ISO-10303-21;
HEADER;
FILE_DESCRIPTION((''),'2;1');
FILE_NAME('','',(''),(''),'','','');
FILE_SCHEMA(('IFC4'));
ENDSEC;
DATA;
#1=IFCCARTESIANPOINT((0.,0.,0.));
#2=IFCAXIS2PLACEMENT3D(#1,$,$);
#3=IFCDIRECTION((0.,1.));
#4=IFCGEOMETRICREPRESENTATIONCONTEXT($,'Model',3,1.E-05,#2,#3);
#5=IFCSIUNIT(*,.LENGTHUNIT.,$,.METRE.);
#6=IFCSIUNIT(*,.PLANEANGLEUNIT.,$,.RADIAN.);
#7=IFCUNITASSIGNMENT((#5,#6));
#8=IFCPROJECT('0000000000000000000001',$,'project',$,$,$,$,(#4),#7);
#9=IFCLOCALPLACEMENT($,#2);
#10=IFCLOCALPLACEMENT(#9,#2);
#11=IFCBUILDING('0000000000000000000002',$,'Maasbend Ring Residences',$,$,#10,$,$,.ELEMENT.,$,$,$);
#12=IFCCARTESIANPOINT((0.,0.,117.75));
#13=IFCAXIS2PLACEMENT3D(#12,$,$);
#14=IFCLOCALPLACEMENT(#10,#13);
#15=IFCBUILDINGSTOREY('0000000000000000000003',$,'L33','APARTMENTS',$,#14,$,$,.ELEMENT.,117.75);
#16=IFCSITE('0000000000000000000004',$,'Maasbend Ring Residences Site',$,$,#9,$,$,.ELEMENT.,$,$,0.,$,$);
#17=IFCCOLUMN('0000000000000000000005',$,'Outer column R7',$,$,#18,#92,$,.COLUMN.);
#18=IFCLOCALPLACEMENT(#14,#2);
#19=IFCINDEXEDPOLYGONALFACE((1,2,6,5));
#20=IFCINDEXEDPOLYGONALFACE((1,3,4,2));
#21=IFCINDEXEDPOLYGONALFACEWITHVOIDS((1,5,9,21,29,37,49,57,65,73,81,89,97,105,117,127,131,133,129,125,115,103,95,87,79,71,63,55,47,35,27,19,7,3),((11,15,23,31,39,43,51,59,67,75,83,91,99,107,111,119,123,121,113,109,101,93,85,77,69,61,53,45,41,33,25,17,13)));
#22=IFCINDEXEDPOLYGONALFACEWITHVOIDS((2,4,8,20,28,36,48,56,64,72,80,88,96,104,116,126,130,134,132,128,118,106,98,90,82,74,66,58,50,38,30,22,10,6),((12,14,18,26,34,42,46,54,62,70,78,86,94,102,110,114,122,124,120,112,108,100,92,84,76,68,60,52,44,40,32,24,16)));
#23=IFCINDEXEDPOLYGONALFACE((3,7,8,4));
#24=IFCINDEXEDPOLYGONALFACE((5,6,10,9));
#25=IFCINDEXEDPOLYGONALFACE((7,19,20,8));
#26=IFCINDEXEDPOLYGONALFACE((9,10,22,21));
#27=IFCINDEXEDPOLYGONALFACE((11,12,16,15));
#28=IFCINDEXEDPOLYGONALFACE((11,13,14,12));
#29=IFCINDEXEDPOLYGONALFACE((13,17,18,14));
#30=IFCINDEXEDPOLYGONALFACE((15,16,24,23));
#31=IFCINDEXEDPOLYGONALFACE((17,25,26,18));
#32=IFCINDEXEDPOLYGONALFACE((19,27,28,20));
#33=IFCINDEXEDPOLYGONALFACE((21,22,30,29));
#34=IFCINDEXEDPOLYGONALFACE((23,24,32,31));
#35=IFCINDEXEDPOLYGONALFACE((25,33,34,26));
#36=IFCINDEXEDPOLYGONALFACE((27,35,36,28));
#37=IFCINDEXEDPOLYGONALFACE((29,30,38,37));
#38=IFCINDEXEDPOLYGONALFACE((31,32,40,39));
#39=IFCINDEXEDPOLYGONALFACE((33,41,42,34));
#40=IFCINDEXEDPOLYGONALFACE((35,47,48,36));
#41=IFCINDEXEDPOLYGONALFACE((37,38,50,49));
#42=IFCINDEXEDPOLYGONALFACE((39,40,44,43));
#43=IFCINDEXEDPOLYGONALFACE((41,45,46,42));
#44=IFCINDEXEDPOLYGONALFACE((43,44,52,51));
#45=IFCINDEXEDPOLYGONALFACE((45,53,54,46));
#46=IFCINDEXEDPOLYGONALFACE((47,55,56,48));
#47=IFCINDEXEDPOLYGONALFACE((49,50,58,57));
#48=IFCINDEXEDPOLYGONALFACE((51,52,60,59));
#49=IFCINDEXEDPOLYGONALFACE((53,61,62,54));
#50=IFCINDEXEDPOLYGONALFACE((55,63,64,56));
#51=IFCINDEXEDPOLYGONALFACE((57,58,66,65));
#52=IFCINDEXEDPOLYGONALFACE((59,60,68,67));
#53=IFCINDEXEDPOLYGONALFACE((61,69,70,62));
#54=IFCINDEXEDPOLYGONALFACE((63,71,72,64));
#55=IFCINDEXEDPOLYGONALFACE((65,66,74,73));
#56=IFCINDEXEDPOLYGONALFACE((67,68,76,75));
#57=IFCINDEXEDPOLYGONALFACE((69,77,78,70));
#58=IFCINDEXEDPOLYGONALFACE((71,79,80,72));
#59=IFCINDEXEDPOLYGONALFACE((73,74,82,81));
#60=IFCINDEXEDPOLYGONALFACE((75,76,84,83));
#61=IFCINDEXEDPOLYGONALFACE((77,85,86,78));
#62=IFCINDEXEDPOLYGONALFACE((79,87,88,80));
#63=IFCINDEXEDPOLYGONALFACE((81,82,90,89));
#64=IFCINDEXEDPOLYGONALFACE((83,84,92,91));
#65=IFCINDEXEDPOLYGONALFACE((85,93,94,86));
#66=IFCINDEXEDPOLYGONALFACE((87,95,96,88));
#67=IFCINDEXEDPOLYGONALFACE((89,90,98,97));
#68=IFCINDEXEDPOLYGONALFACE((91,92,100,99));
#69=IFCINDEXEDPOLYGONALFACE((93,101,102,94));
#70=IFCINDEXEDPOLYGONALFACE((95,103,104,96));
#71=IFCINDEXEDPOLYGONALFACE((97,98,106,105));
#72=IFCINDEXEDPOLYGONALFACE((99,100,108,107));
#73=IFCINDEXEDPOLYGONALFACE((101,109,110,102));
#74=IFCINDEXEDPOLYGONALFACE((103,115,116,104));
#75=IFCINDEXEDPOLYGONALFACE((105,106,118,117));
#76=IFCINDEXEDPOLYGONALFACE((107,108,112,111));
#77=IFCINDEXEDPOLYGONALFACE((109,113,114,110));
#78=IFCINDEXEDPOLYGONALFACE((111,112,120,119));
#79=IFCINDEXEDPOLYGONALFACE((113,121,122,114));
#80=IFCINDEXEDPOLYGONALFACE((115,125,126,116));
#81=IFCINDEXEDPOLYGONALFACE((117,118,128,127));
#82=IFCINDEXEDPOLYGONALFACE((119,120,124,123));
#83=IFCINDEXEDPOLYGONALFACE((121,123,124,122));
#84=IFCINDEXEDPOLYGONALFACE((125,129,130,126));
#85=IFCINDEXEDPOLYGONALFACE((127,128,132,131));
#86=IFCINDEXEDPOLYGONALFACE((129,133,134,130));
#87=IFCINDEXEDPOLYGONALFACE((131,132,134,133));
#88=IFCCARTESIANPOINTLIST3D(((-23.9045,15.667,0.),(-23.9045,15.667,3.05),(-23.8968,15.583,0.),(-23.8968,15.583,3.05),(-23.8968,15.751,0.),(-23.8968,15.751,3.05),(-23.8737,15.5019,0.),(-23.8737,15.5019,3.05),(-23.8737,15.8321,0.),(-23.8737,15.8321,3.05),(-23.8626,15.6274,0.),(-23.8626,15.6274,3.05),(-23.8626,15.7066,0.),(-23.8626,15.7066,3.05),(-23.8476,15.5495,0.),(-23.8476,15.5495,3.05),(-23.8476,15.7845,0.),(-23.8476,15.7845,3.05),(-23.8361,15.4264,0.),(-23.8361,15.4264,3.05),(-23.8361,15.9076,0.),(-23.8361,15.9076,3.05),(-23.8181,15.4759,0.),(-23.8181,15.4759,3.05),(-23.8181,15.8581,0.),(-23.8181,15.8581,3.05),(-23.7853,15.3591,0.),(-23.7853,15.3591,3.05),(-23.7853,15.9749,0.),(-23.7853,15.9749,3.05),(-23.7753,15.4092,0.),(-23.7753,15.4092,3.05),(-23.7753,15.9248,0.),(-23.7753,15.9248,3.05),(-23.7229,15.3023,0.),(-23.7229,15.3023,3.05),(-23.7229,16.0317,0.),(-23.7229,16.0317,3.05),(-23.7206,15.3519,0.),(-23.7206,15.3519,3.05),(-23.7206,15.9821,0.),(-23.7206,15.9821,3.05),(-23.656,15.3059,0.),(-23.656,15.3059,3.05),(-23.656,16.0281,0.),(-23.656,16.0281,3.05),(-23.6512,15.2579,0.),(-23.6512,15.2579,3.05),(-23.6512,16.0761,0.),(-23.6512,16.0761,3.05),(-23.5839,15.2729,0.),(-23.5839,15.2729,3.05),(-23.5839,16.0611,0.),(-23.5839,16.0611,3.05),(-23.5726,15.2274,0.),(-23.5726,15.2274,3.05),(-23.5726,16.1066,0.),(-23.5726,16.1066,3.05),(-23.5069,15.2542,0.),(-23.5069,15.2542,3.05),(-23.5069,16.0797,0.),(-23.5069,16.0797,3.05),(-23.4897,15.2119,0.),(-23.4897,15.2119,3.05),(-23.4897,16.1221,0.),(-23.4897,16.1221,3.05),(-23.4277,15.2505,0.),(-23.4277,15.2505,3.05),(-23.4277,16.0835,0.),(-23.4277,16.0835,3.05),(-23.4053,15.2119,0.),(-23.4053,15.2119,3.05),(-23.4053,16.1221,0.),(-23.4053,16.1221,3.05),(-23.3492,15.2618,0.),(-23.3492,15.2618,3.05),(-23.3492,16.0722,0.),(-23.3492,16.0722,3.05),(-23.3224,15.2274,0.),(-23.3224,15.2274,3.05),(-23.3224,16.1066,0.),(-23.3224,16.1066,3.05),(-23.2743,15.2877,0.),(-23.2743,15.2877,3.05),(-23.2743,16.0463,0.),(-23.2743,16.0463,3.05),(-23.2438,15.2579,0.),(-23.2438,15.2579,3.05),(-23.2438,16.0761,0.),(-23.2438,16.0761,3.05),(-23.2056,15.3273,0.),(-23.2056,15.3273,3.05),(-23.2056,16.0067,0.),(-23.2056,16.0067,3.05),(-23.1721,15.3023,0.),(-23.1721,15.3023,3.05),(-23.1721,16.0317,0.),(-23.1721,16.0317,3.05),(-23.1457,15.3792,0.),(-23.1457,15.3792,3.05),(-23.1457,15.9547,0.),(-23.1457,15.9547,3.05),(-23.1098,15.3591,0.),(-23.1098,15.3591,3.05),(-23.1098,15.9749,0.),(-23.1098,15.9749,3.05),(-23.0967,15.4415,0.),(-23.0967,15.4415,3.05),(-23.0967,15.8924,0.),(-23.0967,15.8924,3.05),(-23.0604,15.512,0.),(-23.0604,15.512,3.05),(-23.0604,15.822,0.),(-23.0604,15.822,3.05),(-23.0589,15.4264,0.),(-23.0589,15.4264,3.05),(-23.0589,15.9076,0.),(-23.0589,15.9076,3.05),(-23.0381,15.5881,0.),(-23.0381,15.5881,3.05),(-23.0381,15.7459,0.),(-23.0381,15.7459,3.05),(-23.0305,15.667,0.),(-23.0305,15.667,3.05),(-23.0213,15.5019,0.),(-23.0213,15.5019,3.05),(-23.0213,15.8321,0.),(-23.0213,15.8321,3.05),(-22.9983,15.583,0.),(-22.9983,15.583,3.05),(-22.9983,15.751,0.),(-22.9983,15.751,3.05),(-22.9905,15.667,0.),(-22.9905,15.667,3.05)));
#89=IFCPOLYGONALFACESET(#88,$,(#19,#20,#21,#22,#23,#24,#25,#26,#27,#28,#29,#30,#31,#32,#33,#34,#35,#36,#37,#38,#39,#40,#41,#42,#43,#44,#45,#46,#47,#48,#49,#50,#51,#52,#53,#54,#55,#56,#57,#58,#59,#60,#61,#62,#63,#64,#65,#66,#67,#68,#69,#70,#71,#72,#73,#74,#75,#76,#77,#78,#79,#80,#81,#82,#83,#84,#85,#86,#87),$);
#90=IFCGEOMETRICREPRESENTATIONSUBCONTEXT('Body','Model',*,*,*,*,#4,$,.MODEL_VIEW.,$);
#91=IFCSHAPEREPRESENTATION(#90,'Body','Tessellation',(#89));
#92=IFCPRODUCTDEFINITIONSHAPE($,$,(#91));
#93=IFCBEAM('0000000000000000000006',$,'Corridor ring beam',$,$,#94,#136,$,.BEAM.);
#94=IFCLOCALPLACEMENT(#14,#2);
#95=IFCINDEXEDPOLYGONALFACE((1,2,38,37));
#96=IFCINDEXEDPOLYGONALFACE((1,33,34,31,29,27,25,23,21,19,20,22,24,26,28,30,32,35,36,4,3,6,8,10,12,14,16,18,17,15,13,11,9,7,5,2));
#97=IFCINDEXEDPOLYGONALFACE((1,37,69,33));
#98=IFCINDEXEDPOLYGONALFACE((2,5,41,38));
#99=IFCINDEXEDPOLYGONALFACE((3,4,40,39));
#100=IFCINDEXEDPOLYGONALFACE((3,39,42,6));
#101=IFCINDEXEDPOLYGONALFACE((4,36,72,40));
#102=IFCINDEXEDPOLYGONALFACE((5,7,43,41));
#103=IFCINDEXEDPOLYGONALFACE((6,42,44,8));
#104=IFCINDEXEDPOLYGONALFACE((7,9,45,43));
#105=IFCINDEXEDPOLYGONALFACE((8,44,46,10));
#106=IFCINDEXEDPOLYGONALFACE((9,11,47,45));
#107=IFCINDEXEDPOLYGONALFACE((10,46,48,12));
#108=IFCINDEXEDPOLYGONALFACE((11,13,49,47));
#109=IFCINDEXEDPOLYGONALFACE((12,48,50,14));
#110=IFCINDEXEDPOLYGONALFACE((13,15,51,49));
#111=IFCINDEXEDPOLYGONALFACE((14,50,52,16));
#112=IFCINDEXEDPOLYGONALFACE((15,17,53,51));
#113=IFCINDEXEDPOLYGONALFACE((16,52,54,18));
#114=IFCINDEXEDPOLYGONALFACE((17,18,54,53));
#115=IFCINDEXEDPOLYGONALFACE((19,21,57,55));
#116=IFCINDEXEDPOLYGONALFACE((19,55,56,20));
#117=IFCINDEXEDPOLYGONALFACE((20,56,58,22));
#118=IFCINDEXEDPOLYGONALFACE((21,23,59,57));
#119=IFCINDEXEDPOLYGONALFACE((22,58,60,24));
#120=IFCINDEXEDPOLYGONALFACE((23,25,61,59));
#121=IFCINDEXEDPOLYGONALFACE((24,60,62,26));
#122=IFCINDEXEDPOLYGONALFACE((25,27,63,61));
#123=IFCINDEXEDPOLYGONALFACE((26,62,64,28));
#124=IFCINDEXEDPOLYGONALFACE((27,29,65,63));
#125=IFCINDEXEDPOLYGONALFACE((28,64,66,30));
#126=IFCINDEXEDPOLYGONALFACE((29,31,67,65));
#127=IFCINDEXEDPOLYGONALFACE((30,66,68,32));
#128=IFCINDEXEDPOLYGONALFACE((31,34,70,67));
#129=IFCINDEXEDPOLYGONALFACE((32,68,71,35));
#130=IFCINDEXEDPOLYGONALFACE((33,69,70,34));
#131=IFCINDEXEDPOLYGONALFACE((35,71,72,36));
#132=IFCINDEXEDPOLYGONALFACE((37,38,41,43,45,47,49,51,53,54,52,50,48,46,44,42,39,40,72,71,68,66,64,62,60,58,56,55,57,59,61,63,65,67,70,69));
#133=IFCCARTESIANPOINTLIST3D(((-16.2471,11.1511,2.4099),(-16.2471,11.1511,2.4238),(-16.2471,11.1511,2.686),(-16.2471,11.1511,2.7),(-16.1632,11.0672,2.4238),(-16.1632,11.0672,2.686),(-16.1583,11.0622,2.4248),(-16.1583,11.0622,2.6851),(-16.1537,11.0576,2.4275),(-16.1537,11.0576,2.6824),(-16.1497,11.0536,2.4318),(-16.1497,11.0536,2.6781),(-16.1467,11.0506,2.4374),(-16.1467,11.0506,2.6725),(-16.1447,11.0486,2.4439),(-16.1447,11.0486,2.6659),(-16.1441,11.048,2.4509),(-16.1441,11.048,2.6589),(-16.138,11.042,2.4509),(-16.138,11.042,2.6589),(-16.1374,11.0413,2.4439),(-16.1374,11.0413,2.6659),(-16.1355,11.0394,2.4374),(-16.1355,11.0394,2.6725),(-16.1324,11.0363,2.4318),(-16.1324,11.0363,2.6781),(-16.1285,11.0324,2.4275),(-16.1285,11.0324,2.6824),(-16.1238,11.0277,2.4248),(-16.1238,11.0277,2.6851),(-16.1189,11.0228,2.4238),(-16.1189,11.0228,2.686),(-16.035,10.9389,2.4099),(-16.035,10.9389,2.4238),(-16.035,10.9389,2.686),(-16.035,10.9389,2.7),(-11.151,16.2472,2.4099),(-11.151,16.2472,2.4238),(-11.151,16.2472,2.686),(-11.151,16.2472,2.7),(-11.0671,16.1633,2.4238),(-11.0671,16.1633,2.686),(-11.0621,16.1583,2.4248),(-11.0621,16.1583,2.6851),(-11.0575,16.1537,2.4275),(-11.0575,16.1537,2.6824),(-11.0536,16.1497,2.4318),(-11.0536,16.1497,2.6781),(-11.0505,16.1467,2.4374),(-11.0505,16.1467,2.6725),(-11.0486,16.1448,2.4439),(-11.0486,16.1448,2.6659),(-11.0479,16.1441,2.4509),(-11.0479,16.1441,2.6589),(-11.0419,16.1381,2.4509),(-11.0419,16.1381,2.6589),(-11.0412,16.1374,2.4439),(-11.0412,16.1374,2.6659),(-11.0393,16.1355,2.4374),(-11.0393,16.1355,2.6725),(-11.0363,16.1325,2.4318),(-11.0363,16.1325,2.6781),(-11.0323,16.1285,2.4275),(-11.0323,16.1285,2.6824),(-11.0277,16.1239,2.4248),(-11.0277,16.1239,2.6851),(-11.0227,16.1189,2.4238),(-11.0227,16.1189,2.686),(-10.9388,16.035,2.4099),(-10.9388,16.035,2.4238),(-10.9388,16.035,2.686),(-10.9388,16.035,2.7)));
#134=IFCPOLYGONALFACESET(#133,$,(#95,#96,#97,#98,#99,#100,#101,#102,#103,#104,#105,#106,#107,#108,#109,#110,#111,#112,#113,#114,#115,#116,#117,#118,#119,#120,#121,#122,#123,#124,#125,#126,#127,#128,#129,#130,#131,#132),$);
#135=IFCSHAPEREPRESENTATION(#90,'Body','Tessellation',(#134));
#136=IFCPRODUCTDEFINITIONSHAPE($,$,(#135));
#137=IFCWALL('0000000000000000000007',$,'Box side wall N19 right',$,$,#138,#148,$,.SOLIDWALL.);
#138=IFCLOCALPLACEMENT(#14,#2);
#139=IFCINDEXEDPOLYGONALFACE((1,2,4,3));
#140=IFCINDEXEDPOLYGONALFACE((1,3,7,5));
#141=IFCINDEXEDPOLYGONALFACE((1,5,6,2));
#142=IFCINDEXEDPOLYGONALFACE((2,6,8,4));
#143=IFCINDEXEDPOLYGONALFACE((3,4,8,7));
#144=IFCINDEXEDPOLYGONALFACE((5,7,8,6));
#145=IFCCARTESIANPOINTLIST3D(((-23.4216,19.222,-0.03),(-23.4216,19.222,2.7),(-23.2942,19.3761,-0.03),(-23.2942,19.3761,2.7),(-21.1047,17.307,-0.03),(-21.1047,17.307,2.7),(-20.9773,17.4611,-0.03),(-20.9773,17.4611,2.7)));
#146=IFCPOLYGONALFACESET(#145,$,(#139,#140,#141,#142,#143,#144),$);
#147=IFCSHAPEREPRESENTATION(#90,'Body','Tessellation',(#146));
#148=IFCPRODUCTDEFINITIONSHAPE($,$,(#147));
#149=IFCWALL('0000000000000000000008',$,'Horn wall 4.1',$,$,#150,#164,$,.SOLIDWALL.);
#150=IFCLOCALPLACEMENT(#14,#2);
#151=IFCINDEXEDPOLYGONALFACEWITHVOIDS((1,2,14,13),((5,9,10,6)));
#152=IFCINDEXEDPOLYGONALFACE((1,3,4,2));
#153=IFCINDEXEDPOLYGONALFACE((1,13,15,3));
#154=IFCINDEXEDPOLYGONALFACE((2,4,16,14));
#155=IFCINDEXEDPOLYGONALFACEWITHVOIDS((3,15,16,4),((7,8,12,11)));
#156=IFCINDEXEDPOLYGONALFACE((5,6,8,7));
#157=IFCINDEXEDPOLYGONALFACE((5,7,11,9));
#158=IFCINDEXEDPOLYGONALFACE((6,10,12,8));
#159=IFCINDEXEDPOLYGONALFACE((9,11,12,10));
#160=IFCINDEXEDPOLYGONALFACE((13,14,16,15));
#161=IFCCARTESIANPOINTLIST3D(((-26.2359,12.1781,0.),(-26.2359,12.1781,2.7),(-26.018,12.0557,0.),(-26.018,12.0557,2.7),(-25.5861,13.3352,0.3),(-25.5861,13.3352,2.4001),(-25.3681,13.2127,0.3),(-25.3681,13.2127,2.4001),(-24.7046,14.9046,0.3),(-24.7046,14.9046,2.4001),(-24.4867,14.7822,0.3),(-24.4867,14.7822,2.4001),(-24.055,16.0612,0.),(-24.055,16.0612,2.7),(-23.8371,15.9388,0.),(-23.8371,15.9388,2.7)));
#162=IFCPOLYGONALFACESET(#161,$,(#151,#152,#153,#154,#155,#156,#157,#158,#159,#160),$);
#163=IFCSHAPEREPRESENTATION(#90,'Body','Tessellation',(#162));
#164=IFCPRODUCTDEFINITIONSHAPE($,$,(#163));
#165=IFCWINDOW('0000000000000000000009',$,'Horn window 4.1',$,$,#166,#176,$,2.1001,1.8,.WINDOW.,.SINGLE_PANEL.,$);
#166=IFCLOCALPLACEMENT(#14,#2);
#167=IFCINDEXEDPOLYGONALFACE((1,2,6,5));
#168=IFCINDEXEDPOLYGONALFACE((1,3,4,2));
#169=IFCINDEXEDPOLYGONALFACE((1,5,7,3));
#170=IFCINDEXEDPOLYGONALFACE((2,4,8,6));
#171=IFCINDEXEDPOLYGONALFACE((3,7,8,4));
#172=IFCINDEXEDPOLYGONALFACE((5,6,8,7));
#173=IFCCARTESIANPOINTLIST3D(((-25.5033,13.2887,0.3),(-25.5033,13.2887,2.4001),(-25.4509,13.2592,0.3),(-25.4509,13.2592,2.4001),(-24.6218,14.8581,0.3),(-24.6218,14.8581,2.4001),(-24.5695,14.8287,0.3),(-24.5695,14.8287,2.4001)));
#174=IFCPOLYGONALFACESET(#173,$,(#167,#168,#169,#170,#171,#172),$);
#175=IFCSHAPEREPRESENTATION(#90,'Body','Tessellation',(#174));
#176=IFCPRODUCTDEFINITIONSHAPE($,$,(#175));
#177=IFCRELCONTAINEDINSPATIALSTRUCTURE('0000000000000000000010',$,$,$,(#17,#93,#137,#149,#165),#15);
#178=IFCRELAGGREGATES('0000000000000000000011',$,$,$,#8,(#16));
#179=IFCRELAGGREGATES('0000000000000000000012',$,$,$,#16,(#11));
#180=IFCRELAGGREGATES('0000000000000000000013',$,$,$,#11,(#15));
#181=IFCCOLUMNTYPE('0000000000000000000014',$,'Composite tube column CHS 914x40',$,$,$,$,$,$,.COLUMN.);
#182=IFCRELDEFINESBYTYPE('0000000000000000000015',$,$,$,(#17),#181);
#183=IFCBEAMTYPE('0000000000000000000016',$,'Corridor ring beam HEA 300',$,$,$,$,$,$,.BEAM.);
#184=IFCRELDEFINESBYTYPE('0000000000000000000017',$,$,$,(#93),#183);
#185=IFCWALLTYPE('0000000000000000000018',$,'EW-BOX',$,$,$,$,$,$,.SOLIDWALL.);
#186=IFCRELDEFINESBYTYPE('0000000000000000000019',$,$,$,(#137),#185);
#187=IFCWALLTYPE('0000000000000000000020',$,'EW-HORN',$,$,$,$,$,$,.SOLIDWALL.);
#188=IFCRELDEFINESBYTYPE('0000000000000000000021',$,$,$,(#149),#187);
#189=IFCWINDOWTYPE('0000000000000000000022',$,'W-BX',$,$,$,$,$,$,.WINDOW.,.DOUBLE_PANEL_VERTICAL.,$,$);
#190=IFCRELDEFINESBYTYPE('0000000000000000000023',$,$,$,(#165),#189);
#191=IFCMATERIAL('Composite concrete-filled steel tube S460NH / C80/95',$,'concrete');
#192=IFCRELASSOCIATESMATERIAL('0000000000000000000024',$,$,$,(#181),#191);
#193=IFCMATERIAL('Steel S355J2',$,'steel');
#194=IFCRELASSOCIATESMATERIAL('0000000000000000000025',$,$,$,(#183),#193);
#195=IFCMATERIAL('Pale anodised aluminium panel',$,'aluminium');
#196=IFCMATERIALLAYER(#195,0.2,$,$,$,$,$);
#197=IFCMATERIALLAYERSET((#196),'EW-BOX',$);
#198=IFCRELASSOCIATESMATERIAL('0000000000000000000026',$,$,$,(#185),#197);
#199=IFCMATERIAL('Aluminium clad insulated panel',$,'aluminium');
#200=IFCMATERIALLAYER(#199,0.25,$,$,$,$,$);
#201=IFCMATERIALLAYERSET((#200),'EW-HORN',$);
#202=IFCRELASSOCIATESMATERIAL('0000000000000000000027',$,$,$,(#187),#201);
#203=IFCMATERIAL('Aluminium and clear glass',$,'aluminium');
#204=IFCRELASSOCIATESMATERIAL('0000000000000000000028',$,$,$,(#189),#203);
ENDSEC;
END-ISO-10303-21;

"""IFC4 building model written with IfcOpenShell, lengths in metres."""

from ifc_helpers import new_model, si_unit, direction, frame, frame_2d, origin, origin_2d, place, context, subcontext, project, spatial, rectangle, hollow_circle, i_section, extrude, material, layer, layer_set, material_profile, profile_set, type_object, element, fill, save


model = new_model("IFC4")

# Units and contexts
model_context = context("Model", 3, precision=1e-05, world=origin(), true_north=direction((0.0, 1.0)))
body_context = subcontext(model_context, "Body", "Model", "MODEL_VIEW")
ifc_project = project(units=[si_unit("LENGTHUNIT", "METRE"), si_unit("PLANEANGLEUNIT", "RADIAN")], contexts=[model_context])

# Site, building, storey
site_placement = place(None, origin())
site = spatial("IfcSite", under=ifc_project, at=site_placement, Name="Maasbend Ring Residences Site", CompositionType="ELEMENT", RefElevation=0.0)
building_placement = place(site_placement, origin())
building = spatial("IfcBuilding", under=site, at=building_placement, Name="Maasbend Ring Residences", CompositionType="ELEMENT")
storey_placement = place(building_placement, frame((0.0, 0.0, 117.75)))
storey = spatial("IfcBuildingStorey", under=building, at=storey_placement, Name="L33", Description="APARTMENTS", CompositionType="ELEMENT", Elevation=117.75)

# Column
ifc_material_1 = material(Name="Composite concrete-filled steel tube S460NH / C80/95", Category="concrete")
ifc_material_profile_1 = material_profile(ifc_material_1, hollow_circle(Radius=0.457, WallThickness=0.04, at=origin_2d()), Name="Composite tube column CHS 914x40")
ifc_profile_set_1 = profile_set([ifc_material_profile_1], Name="Composite concrete-filled steel tube S460NH / C80/95")
column_type = type_object("IfcColumnType", Name="Composite tube column CHS 914x40", PredefinedType="COLUMN", material=ifc_profile_set_1)
column_placement = place(storey_placement, frame((-23.4475, 15.667, 0.0), z_axis=(0.0, 0.0, 1.0), x_axis=(1.0, 0.0, 0.0)))
element("IfcColumn", 1, at=column_placement, inside=storey, type_object=column_type, Name="Outer column R7", PredefinedType="COLUMN", context=body_context, shape_type="SweptSolid", body=[
    extrude(hollow_circle(Radius=0.457, WallThickness=0.04, at=origin_2d()), origin(), (0.0, 0.0, 1.0), 3.05),
])

# Beam
ifc_material_2 = material(Name="Steel S355J2", Category="steel")
ifc_material_profile_2 = material_profile(ifc_material_2, i_section(OverallWidth=0.3, OverallDepth=0.29, WebThickness=0.0085, FlangeThickness=0.0139, FilletRadius=0.0271, at=origin_2d()), Name="HEA 300")
ifc_profile_set_2 = profile_set([ifc_material_profile_2], Name="Steel S355J2")
beam_type = type_object("IfcBeamType", Name="Corridor ring beam HEA 300", PredefinedType="BEAM", material=ifc_profile_set_2)
beam_placement = place(storey_placement, frame((-11.0449, 16.1411, 2.5549), z_axis=(-0.707107, -0.707107, 0.0), x_axis=(0.707107, -0.707107, 0.0)))
element("IfcBeam", 2, at=beam_placement, inside=storey, type_object=beam_type, Name="Corridor ring beam", PredefinedType="BEAM", context=body_context, shape_type="SweptSolid", body=[
    extrude(i_section(OverallWidth=0.3, OverallDepth=0.29, WebThickness=0.0085, FlangeThickness=0.0139, FilletRadius=0.0271, at=origin_2d()), origin(), (0.0, 0.0, 1.0), 7.207),
])

# Wall
ifc_material_3 = material(Name="Pale anodised aluminium panel", Category="aluminium")
ifc_layer_1 = layer(ifc_material_3, 0.2)
ifc_layer_set_1 = layer_set([ifc_layer_1], Name="EW-BOX")
wall_type_1 = type_object("IfcWallType", Name="EW-BOX", PredefinedType="SOLIDWALL", material=ifc_layer_set_1)
wall_1_placement = place(storey_placement, frame((-21.041, 17.384, -0.03), z_axis=(0.0, 0.0, 1.0), x_axis=(-0.770785, 0.637096, 0.0)))
element("IfcWall", 3, at=wall_1_placement, inside=storey, type_object=wall_type_1, Name="Box side wall N19 right", PredefinedType="SOLIDWALL", context=body_context, shape_type="SweptSolid", body=[
    extrude(rectangle(XDim=3.0059, YDim=0.2, at=frame_2d((1.5029, 0.0))), origin(), (0.0, 0.0, 1.0), 2.73),
])

# Wall, opening, window
ifc_material_4 = material(Name="Aluminium clad insulated panel", Category="aluminium")
ifc_layer_2 = layer(ifc_material_4, 0.25)
ifc_layer_set_2 = layer_set([ifc_layer_2], Name="EW-HORN")
wall_type_2 = type_object("IfcWallType", Name="EW-HORN", PredefinedType="SOLIDWALL", material=ifc_layer_set_2)
wall_2_placement = place(storey_placement, frame((-23.946, 16.0, 0.0), z_axis=(0.0, 0.0, 1.0), x_axis=(-0.489696, -0.871893, 0.0)))
wall_2 = element("IfcWall", 4, at=wall_2_placement, inside=storey, type_object=wall_type_2, Name="Horn wall 4.1", PredefinedType="SOLIDWALL", context=body_context, shape_type="SweptSolid", body=[
    extrude(rectangle(XDim=4.4536, YDim=0.25, at=frame_2d((2.2268, 0.0))), origin(), (0.0, 0.0, 1.0), 2.7),
])
opening_1_placement = place(wall_2_placement, frame((1.3267, 0.0, 0.3)))
opening_1 = element("IfcOpeningElement", 5, at=opening_1_placement, cuts=wall_2, PredefinedType="OPENING", context=body_context, shape_type="SweptSolid", body=[
    extrude(rectangle(XDim=1.8, YDim=2.1001, at=frame_2d((0.8999, 1.05))), frame((0.0, 0.135, 0.0), z_axis=(0.0, -1.0, 0.0), x_axis=(1.0, 0.0, 0.0)), (0.0, 0.0, 1.0), 0.27),
])
ifc_material_5 = material(Name="Aluminium and clear glass", Category="aluminium")
window_type = type_object("IfcWindowType", Name="W-BX", PartitioningType="DOUBLE_PANEL_VERTICAL", PredefinedType="WINDOW", material=ifc_material_5)
window_1_placement = place(opening_1_placement, origin())
window_1 = element("IfcWindow", 6, at=window_1_placement, inside=storey, type_object=window_type, Name="Horn window 4.1", OverallHeight=2.1001, OverallWidth=1.8, PartitioningType="SINGLE_PANEL", PredefinedType="WINDOW", context=body_context, shape_type="SweptSolid", body=[
    extrude(rectangle(XDim=1.8, YDim=2.1001, at=frame_2d((0.8999, 1.05))), frame((0.0, 0.03, 0.0), z_axis=(0.0, -1.0, 0.0), x_axis=(1.0, 0.0, 0.0)), (0.0, 0.0, 1.0), 0.0601),
])
fill(opening_1, window_1)

save(model, "model.ifc")
